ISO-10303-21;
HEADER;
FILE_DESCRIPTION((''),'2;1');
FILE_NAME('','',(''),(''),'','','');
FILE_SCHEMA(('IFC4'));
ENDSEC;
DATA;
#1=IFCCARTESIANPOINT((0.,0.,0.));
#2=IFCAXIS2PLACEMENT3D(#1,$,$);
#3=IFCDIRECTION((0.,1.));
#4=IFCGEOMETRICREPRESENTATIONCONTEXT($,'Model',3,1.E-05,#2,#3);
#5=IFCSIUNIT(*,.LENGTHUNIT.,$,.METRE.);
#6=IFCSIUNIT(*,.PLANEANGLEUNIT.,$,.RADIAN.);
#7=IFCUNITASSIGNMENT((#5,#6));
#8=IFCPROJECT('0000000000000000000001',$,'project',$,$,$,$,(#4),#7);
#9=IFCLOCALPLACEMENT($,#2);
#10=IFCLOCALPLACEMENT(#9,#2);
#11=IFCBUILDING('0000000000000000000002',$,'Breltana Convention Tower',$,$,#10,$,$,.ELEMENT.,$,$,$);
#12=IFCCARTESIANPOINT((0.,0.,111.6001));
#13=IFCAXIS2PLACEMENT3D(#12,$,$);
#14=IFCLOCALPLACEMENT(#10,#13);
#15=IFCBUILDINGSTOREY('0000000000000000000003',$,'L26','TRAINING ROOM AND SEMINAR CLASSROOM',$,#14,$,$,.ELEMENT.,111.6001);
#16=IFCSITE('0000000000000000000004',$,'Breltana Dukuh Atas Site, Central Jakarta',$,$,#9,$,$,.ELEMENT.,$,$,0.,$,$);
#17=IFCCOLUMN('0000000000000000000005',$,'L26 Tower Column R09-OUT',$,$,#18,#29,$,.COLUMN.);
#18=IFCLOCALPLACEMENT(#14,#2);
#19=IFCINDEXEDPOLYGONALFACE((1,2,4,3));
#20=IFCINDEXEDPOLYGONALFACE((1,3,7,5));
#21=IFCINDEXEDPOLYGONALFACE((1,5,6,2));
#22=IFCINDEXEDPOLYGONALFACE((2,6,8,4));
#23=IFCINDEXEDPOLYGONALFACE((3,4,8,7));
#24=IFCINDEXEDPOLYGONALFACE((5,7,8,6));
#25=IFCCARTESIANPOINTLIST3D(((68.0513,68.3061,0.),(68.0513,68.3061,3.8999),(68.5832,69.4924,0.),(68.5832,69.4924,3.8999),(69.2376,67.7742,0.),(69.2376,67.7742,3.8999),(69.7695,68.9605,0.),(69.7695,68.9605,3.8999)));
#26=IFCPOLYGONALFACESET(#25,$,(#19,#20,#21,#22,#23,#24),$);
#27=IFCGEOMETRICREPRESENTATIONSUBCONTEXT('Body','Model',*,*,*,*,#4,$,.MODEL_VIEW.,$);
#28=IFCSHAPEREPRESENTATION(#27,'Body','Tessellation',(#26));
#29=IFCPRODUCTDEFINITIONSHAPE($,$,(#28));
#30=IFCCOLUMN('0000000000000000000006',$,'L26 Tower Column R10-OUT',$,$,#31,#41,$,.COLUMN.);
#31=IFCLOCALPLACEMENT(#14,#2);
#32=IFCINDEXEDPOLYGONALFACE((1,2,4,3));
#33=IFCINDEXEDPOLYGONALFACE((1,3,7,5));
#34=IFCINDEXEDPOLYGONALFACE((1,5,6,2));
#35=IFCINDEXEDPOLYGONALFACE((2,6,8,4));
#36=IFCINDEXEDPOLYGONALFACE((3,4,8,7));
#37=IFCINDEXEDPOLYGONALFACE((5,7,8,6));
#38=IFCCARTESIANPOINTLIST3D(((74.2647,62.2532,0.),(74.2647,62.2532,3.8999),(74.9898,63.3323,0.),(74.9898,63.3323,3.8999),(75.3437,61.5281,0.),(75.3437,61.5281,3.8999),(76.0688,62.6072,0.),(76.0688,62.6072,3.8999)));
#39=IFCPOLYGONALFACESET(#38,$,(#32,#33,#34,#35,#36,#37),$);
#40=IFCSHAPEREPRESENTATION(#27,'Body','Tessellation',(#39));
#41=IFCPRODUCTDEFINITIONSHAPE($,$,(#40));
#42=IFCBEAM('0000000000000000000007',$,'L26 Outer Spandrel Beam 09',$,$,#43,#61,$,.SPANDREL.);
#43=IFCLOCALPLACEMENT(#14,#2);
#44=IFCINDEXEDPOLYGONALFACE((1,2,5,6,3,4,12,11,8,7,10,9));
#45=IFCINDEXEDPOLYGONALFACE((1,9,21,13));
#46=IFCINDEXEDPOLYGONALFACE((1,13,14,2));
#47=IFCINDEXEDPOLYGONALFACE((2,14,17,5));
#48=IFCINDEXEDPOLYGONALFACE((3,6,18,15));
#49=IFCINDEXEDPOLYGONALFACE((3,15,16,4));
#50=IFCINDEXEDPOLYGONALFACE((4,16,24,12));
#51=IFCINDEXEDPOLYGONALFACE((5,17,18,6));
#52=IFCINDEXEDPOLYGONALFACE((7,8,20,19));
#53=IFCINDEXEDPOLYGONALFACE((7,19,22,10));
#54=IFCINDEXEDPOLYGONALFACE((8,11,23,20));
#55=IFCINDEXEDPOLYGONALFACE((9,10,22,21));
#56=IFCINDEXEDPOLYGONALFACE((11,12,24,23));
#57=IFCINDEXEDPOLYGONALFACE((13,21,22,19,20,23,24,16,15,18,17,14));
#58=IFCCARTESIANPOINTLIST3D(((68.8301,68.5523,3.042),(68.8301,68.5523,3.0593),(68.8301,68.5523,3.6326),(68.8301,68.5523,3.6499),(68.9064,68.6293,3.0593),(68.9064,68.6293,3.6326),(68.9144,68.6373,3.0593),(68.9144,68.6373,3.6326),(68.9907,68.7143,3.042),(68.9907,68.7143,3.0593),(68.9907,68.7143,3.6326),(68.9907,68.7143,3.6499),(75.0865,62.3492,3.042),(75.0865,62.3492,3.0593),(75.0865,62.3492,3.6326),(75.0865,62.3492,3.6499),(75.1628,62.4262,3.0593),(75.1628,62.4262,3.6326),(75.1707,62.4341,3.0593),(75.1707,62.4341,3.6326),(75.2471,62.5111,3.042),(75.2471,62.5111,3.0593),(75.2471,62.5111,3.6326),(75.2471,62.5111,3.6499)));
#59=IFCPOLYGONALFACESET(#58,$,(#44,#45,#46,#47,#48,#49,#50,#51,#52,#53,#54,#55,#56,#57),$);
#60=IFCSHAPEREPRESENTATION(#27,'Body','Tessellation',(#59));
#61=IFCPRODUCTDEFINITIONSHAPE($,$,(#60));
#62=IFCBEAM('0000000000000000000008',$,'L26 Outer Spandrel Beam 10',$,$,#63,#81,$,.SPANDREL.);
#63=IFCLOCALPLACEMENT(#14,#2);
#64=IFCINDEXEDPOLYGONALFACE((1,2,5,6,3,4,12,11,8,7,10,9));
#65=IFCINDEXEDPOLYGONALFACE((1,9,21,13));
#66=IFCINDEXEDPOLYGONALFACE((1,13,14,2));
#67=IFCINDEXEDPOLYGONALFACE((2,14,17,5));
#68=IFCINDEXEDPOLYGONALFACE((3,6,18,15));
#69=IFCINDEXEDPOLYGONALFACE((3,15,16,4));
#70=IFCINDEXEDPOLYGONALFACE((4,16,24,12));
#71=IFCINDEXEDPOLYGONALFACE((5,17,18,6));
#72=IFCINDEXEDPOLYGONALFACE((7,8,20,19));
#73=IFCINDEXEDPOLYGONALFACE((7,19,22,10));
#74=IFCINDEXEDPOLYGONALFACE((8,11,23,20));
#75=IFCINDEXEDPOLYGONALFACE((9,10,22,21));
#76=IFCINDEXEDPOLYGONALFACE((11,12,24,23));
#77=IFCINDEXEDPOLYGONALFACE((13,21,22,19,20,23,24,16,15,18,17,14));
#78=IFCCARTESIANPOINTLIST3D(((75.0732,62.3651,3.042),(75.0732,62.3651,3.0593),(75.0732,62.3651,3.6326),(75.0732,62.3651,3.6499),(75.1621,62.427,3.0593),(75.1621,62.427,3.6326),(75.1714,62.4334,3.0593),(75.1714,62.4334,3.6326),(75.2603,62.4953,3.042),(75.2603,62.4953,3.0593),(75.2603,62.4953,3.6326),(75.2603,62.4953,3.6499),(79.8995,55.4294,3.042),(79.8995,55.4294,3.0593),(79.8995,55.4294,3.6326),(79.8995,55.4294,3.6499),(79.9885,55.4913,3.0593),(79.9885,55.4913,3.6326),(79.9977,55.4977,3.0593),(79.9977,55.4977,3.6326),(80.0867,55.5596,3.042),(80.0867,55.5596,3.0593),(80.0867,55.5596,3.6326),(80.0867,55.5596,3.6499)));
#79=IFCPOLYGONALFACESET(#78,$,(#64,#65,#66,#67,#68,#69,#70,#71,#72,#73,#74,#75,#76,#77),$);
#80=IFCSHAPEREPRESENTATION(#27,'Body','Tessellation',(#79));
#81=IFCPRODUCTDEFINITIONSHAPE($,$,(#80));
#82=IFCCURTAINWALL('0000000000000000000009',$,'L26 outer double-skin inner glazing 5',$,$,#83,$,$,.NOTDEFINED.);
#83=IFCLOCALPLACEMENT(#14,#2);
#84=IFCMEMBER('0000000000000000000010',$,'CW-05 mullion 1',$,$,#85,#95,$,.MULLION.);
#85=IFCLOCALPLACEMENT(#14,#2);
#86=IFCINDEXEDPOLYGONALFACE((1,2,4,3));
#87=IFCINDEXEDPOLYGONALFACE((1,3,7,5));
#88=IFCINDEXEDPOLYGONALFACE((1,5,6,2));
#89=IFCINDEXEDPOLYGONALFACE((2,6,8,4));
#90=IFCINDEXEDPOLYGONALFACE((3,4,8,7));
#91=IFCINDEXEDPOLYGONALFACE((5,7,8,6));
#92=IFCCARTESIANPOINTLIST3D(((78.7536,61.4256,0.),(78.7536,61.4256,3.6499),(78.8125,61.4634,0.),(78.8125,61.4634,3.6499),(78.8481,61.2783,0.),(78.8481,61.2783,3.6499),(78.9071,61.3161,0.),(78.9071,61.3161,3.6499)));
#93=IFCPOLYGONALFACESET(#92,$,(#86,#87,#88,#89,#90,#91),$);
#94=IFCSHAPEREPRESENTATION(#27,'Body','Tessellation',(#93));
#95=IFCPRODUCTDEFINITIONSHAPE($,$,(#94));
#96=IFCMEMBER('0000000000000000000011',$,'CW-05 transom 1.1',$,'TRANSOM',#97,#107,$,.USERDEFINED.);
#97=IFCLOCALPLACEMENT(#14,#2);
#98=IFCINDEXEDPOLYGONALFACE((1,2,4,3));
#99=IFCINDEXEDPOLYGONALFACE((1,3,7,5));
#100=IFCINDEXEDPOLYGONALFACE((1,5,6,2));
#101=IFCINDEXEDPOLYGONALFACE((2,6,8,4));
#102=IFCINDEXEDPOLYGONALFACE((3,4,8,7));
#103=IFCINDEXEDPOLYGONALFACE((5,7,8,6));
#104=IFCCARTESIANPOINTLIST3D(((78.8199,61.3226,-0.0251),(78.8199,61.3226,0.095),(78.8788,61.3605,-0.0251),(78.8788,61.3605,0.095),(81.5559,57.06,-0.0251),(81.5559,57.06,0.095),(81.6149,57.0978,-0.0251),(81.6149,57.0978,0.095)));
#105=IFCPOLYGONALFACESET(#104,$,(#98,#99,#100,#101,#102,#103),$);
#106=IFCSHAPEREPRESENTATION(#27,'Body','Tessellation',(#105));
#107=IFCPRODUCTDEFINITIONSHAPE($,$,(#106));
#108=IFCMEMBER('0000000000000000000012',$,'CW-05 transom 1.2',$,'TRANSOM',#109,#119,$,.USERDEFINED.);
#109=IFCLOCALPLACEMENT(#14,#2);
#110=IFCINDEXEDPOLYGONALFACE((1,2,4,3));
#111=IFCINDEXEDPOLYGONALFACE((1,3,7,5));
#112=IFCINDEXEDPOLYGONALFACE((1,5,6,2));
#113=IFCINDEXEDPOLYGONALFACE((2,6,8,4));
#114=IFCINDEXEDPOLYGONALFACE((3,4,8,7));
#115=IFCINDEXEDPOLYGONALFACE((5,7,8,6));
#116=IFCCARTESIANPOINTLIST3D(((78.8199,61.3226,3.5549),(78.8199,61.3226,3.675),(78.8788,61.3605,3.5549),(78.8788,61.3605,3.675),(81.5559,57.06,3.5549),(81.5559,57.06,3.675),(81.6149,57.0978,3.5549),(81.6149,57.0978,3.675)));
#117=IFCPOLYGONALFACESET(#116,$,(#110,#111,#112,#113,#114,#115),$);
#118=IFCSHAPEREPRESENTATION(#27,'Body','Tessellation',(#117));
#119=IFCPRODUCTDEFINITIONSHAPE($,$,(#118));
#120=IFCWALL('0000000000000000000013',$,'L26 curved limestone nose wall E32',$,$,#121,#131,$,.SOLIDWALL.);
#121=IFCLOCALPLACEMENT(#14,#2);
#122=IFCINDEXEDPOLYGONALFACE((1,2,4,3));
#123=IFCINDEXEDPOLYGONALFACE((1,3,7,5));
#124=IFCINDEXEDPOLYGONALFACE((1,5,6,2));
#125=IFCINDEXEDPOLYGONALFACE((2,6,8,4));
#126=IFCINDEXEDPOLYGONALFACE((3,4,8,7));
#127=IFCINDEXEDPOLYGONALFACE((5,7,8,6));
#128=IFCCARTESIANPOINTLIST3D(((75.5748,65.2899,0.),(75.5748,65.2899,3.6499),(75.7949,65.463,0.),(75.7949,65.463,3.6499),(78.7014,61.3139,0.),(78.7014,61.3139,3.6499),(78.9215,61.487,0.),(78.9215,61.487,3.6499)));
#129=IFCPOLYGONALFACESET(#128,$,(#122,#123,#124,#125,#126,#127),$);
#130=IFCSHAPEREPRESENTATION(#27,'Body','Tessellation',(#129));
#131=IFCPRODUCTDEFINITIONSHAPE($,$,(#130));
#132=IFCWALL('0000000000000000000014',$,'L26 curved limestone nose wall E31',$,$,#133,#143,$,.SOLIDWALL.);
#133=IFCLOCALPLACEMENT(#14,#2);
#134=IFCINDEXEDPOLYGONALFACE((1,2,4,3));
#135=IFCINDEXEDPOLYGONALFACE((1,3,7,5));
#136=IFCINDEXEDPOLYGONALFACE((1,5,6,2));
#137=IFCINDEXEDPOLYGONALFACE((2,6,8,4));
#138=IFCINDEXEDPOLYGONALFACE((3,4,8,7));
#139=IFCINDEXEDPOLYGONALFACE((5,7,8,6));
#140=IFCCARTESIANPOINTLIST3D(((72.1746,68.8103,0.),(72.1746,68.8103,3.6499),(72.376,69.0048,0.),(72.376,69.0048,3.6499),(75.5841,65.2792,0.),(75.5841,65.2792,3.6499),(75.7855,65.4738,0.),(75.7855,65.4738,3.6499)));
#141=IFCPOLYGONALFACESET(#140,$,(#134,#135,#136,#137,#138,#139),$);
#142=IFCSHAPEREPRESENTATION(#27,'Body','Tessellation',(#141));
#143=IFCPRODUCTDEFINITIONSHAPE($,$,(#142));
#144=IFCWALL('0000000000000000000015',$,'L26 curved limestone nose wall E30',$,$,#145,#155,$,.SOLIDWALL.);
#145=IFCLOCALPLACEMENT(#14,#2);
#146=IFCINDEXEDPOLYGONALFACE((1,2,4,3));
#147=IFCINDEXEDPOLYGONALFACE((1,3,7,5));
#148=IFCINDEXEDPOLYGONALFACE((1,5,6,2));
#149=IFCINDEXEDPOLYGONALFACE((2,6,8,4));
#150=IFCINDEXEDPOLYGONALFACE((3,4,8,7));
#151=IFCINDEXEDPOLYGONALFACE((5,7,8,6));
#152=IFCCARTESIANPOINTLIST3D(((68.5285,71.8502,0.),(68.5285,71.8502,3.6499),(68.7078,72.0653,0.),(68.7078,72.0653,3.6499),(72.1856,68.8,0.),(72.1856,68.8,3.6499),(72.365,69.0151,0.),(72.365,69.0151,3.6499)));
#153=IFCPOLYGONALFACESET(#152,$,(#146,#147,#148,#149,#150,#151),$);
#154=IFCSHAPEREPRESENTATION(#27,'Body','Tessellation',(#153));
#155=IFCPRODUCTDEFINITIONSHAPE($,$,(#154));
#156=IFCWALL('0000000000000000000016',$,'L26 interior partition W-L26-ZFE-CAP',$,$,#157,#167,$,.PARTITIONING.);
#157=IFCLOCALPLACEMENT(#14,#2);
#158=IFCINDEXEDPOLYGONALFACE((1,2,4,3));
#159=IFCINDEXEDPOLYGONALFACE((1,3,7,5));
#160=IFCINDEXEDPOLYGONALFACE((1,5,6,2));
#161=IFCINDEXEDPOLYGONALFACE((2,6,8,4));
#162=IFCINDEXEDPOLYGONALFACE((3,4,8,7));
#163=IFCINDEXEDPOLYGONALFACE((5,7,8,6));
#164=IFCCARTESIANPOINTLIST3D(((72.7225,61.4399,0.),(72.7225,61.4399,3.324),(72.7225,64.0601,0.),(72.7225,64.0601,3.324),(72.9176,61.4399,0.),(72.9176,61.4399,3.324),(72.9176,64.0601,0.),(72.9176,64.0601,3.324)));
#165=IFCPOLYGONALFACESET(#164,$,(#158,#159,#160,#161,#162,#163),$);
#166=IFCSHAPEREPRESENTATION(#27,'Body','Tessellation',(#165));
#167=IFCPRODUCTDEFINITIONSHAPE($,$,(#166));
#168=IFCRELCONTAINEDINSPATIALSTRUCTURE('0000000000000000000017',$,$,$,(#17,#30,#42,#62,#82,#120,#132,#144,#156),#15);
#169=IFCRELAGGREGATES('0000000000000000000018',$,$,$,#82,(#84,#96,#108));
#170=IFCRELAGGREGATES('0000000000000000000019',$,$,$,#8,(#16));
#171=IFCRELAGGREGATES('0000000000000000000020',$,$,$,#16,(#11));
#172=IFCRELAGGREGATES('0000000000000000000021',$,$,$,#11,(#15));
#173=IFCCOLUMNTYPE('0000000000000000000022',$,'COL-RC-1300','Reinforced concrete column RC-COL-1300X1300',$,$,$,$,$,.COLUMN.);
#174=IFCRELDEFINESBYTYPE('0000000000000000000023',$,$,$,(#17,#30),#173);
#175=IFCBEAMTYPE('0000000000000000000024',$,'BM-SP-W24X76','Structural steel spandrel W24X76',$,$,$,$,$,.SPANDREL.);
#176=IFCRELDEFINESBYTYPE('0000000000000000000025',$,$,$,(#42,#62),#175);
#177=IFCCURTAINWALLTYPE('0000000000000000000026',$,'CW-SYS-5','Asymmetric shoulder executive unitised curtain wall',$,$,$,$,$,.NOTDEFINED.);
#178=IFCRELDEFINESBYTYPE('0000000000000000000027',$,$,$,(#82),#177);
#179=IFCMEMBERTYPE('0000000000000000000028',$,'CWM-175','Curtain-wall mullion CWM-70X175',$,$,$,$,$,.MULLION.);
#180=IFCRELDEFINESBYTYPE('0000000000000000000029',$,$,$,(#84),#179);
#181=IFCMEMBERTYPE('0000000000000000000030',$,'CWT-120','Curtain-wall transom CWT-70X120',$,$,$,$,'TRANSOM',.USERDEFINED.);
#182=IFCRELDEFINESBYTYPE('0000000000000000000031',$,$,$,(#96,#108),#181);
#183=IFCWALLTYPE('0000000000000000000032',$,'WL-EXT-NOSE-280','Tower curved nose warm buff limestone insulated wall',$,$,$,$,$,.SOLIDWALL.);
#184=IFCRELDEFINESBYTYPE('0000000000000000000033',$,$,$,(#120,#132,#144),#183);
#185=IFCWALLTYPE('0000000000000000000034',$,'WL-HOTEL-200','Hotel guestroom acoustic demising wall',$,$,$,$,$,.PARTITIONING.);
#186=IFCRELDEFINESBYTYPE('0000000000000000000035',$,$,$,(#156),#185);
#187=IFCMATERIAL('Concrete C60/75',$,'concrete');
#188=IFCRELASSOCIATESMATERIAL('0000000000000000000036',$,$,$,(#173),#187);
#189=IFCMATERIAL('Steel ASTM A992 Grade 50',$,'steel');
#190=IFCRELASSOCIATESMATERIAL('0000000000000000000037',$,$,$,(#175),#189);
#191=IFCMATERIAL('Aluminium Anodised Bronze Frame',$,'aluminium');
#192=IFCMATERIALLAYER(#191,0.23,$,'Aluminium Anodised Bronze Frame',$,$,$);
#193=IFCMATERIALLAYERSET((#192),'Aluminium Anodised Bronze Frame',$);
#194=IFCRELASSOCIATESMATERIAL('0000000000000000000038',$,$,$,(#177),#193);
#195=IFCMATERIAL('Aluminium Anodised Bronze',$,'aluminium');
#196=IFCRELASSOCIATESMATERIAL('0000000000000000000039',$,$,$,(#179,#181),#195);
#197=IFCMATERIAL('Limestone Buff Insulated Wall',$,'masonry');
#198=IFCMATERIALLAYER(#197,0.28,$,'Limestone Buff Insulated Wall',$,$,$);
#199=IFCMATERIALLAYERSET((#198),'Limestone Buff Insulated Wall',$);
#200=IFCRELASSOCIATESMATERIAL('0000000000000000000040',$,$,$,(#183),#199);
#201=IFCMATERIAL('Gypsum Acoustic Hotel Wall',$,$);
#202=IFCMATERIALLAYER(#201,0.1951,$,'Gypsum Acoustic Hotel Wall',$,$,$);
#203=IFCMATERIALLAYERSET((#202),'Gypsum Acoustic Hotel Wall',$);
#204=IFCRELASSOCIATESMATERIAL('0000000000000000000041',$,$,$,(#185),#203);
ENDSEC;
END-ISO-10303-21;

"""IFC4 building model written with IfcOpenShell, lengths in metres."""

from ifc_helpers import new_model, si_unit, direction, frame, frame_2d, origin, origin_2d, place, context, subcontext, project, spatial, rectangle, i_section, extrude, source, transform, mapped, material, layer, layer_set, material_profile, profile_set, type_object, element, aggregate, save


model = new_model("IFC4")

# Units and contexts
model_context = context("Model", 3, precision=1e-05, world=origin(), true_north=direction((0.0, 1.0)))
body_context = subcontext(model_context, "Body", "Model", "MODEL_VIEW")
ifc_project = project(units=[si_unit("LENGTHUNIT", "METRE"), si_unit("PLANEANGLEUNIT", "RADIAN")], contexts=[model_context])

# Site, building, storey
site_placement = place(None, origin())
site = spatial("IfcSite", under=ifc_project, at=site_placement, Name="Breltana Dukuh Atas Site, Central Jakarta", CompositionType="ELEMENT", RefElevation=0.0)
building_placement = place(site_placement, origin())
building = spatial("IfcBuilding", under=site, at=building_placement, Name="Breltana Convention Tower", CompositionType="ELEMENT")
storey_placement = place(building_placement, frame((0.0, 0.0, 111.6001)))
storey = spatial("IfcBuildingStorey", under=building, at=storey_placement, Name="L26", Description="TRAINING ROOM AND SEMINAR CLASSROOM", CompositionType="ELEMENT", Elevation=111.6001)

# Columns
ifc_material_1 = material(Name="Concrete C60/75", Category="concrete")
ifc_material_profile_1 = material_profile(ifc_material_1, rectangle(XDim=1.3, YDim=1.3, at=origin_2d()), Name="RC-COL-1300X1300")
ifc_profile_set_1 = profile_set([ifc_material_profile_1], Name="Concrete C60/75")
column_type = type_object("IfcColumnType", Name="COL-RC-1300", Description="Reinforced concrete column RC-COL-1300X1300", PredefinedType="COLUMN", material=ifc_profile_set_1)
shared_shape_1 = source(origin(), body_context, "Body", "SweptSolid", [
    extrude(rectangle(XDim=1.3, YDim=1.3, at=origin_2d()), origin(), (0.0, 0.0, 1.0), 3.8999),
])
for number, where, z_axis, x_axis, name in (
    (1, (68.9104, 68.6333, 0.0), (0.0, 0.0, 1.0), (0.409127, 0.912477, 0.0), "L26 Tower Column R09-OUT"),
    (2, (75.1667, 62.4302, 0.0), (0.0, 0.0, 1.0), (0.557745, 0.830012, 0.0), "L26 Tower Column R10-OUT"),
):
    element("IfcColumn", number, at=place(storey_placement, frame(where, z_axis=z_axis, x_axis=x_axis)), inside=storey, type_object=column_type, Name=name, PredefinedType="COLUMN", context=body_context, shape_type="MappedRepresentation", body=[
        mapped(shared_shape_1, transform((0.0, 0.0, 0.0), scale=1.0)),
    ])

# Beams
ifc_material_2 = material(Name="Steel ASTM A992 Grade 50", Category="steel")
ifc_material_profile_2 = material_profile(ifc_material_2, i_section(OverallWidth=0.228, OverallDepth=0.6079, WebThickness=0.0112, FlangeThickness=0.0173, at=origin_2d()), Name="W24X76")
ifc_profile_set_2 = profile_set([ifc_material_profile_2], Name="Steel ASTM A992 Grade 50")
beam_type = type_object("IfcBeamType", Name="BM-SP-W24X76", Description="Structural steel spandrel W24X76", PredefinedType="SPANDREL", material=ifc_profile_set_2)
shared_shape_2 = source(origin(), body_context, "Body", "SweptSolid", [
    extrude(i_section(OverallWidth=0.228, OverallDepth=0.6079, WebThickness=0.0112, FlangeThickness=0.0173, at=origin_2d()), origin(), (0.0, 0.0, 1.0), 8.8103),
])
beam_1_placement = place(storey_placement, frame((68.9104, 68.6333, 3.3459), z_axis=(0.710121, -0.70408, 0.0), x_axis=(0.70408, 0.710121, 0.0)))
element("IfcBeam", 3, at=beam_1_placement, inside=storey, type_object=beam_type, Name="L26 Outer Spandrel Beam 09", PredefinedType="SPANDREL", context=body_context, shape_type="MappedRepresentation", body=[
    mapped(shared_shape_2, transform((0.0, 0.0, 0.0), scale=1.0)),
])
shared_shape_3 = source(origin(), body_context, "Body", "SweptSolid", [
    extrude(i_section(OverallWidth=0.228, OverallDepth=0.6079, WebThickness=0.0112, FlangeThickness=0.0173, at=origin_2d()), origin(), (0.0, 0.0, 1.0), 8.4497),
])
beam_2_placement = place(storey_placement, frame((75.1667, 62.4302, 3.3459), z_axis=(0.571186, -0.820821, 0.0), x_axis=(0.820821, 0.571186, 0.0)))
element("IfcBeam", 4, at=beam_2_placement, inside=storey, type_object=beam_type, Name="L26 Outer Spandrel Beam 10", PredefinedType="SPANDREL", context=body_context, shape_type="MappedRepresentation", body=[
    mapped(shared_shape_3, transform((0.0, 0.0, 0.0), scale=1.0)),
])

# Curtain wall, members
ifc_material_3 = material(Name="Aluminium Anodised Bronze Frame", Category="aluminium")
ifc_layer_1 = layer(ifc_material_3, 0.23, Name="Aluminium Anodised Bronze Frame")
ifc_layer_set_1 = layer_set([ifc_layer_1], Name="Aluminium Anodised Bronze Frame")
curtain_wall_type = type_object("IfcCurtainWallType", Name="CW-SYS-5", Description="Asymmetric shoulder executive unitised curtain wall", PredefinedType="NOTDEFINED", material=ifc_layer_set_1)
curtain_wall_placement = place(storey_placement, origin())
curtain_wall = element("IfcCurtainWall", 5, at=curtain_wall_placement, inside=storey, type_object=curtain_wall_type, Name="L26 outer double-skin inner glazing 5", PredefinedType="NOTDEFINED")
ifc_material_4 = material(Name="Aluminium Anodised Bronze", Category="aluminium")
ifc_material_profile_3 = material_profile(ifc_material_4, rectangle(XDim=0.0701, YDim=0.175, at=origin_2d()), Name="CWM-70X175")
ifc_profile_set_3 = profile_set([ifc_material_profile_3], Name="Aluminium Anodised Bronze")
member_type_1 = type_object("IfcMemberType", Name="CWM-175", Description="Curtain-wall mullion CWM-70X175", PredefinedType="MULLION", material=ifc_profile_set_3)
shared_shape_4 = source(origin(), body_context, "Body", "SweptSolid", [
    extrude(rectangle(XDim=0.0701, YDim=0.175, at=origin_2d()), origin(), (0.0, 0.0, 1.0), 3.6499),
])
member_1_placement = place(storey_placement, frame((78.8303, 61.3708, 0.0), z_axis=(0.0, 0.0, 1.0), x_axis=(0.841552, 0.540177, 0.0)))
member_1 = element("IfcMember", 6, at=member_1_placement, type_object=member_type_1, Name="CW-05 mullion 1", PredefinedType="MULLION", context=body_context, shape_type="MappedRepresentation", body=[
    mapped(shared_shape_4, transform((0.0, 0.0, 0.0), scale=1.0)),
])
ifc_material_profile_4 = material_profile(ifc_material_4, rectangle(XDim=0.0701, YDim=0.1201, at=origin_2d()), Name="CWT-70X120")
ifc_profile_set_4 = profile_set([ifc_material_profile_4], Name="Aluminium Anodised Bronze")
member_type_2 = type_object("IfcMemberType", Name="CWT-120", Description="Curtain-wall transom CWT-70X120", ElementType="TRANSOM", PredefinedType="USERDEFINED", material=ifc_profile_set_4)
shared_shape_5 = source(origin(), body_context, "Body", "SweptSolid", [
    extrude(rectangle(XDim=0.0701, YDim=0.1201, at=origin_2d()), origin(), (0.0, 0.0, 1.0), 5.0652),
])
member_2_placement = place(storey_placement, frame((78.8494, 61.3416, 0.0349), z_axis=(0.540168, -0.841557, 0.0), x_axis=(0.841557, 0.540168, 0.0)))
member_2 = element("IfcMember", 7, at=member_2_placement, type_object=member_type_2, Name="CW-05 transom 1.1", ObjectType="TRANSOM", PredefinedType="USERDEFINED", context=body_context, shape_type="MappedRepresentation", body=[
    mapped(shared_shape_5, transform((0.0, 0.0, 0.0), scale=1.0)),
])
member_3_placement = place(storey_placement, frame((78.8494, 61.3416, 3.615), z_axis=(0.540168, -0.841557, 0.0), x_axis=(0.841557, 0.540168, 0.0)))
member_3 = element("IfcMember", 8, at=member_3_placement, type_object=member_type_2, Name="CW-05 transom 1.2", ObjectType="TRANSOM", PredefinedType="USERDEFINED", context=body_context, shape_type="MappedRepresentation", body=[
    mapped(shared_shape_5, transform((0.0, 0.0, 0.0), scale=1.0)),
])
aggregate(curtain_wall, [member_1, member_2, member_3])

# Walls
ifc_material_5 = material(Name="Limestone Buff Insulated Wall", Category="masonry")
ifc_layer_2 = layer(ifc_material_5, 0.28, Name="Limestone Buff Insulated Wall")
ifc_layer_set_2 = layer_set([ifc_layer_2], Name="Limestone Buff Insulated Wall")
wall_type_1 = type_object("IfcWallType", Name="WL-EXT-NOSE-280", Description="Tower curved nose warm buff limestone insulated wall", PredefinedType="SOLIDWALL", material=ifc_layer_set_2)
shared_shape_6 = source(origin(), body_context, "Body", "SweptSolid", [
    extrude(rectangle(XDim=5.0581, YDim=0.28, at=frame_2d((2.5291, 0.0))), origin(), (0.0, 0.0, 1.0), 3.6499),
])
wall_1_placement = place(storey_placement, frame((75.6848, 65.3765, 0.0), z_axis=(0.0, 0.0, 1.0), x_axis=(0.618146, -0.786064, 0.0)))
element("IfcWall", 9, at=wall_1_placement, inside=storey, type_object=wall_type_1, Name="L26 curved limestone nose wall E32", PredefinedType="SOLIDWALL", context=body_context, shape_type="MappedRepresentation", body=[
    mapped(shared_shape_6, transform((0.0, 0.0, 0.0), scale=1.0)),
])
shared_shape_7 = source(origin(), body_context, "Body", "SweptSolid", [
    extrude(rectangle(XDim=4.9084, YDim=0.28, at=frame_2d((2.4541, 0.0))), origin(), (0.0, 0.0, 1.0), 3.6499),
])
wall_2_placement = place(storey_placement, frame((72.2754, 68.9075, 0.0), z_axis=(0.0, 0.0, 1.0), x_axis=(0.694613, -0.719383, 0.0)))
element("IfcWall", 10, at=wall_2_placement, inside=storey, type_object=wall_type_1, Name="L26 curved limestone nose wall E31", PredefinedType="SOLIDWALL", context=body_context, shape_type="MappedRepresentation", body=[
    mapped(shared_shape_7, transform((0.0, 0.0, 0.0), scale=1.0)),
])
shared_shape_8 = source(origin(), body_context, "Body", "SweptSolid", [
    extrude(rectangle(XDim=4.7622, YDim=0.28, at=frame_2d((2.3811, 0.0))), origin(), (0.0, 0.0, 1.0), 3.6499),
])
wall_3_placement = place(storey_placement, frame((68.6182, 71.9578, 0.0), z_axis=(0.0, 0.0, 1.0), x_axis=(0.767952, -0.640507, 0.0)))
element("IfcWall", 11, at=wall_3_placement, inside=storey, type_object=wall_type_1, Name="L26 curved limestone nose wall E30", PredefinedType="SOLIDWALL", context=body_context, shape_type="MappedRepresentation", body=[
    mapped(shared_shape_8, transform((0.0, 0.0, 0.0), scale=1.0)),
])
ifc_material_6 = material(Name="Gypsum Acoustic Hotel Wall")
ifc_layer_3 = layer(ifc_material_6, 0.1951, Name="Gypsum Acoustic Hotel Wall")
ifc_layer_set_3 = layer_set([ifc_layer_3], Name="Gypsum Acoustic Hotel Wall")
wall_type_2 = type_object("IfcWallType", Name="WL-HOTEL-200", Description="Hotel guestroom acoustic demising wall", PredefinedType="PARTITIONING", material=ifc_layer_set_3)
shared_shape_9 = source(origin(), body_context, "Body", "SweptSolid", [
    extrude(rectangle(XDim=2.6201, YDim=0.1951, at=frame_2d((1.3101, 0.0))), origin(), (0.0, 0.0, 1.0), 3.324),
])
wall_4_placement = place(storey_placement, frame((72.8201, 61.4399, 0.0), z_axis=(0.0, 0.0, 1.0), x_axis=(0.0, 1.0, 0.0)))
element("IfcWall", 12, at=wall_4_placement, inside=storey, type_object=wall_type_2, Name="L26 interior partition W-L26-ZFE-CAP", PredefinedType="PARTITIONING", context=body_context, shape_type="MappedRepresentation", body=[
    mapped(shared_shape_9, transform((0.0, 0.0, 0.0), scale=1.0)),
])

save(model, "model.ifc")
